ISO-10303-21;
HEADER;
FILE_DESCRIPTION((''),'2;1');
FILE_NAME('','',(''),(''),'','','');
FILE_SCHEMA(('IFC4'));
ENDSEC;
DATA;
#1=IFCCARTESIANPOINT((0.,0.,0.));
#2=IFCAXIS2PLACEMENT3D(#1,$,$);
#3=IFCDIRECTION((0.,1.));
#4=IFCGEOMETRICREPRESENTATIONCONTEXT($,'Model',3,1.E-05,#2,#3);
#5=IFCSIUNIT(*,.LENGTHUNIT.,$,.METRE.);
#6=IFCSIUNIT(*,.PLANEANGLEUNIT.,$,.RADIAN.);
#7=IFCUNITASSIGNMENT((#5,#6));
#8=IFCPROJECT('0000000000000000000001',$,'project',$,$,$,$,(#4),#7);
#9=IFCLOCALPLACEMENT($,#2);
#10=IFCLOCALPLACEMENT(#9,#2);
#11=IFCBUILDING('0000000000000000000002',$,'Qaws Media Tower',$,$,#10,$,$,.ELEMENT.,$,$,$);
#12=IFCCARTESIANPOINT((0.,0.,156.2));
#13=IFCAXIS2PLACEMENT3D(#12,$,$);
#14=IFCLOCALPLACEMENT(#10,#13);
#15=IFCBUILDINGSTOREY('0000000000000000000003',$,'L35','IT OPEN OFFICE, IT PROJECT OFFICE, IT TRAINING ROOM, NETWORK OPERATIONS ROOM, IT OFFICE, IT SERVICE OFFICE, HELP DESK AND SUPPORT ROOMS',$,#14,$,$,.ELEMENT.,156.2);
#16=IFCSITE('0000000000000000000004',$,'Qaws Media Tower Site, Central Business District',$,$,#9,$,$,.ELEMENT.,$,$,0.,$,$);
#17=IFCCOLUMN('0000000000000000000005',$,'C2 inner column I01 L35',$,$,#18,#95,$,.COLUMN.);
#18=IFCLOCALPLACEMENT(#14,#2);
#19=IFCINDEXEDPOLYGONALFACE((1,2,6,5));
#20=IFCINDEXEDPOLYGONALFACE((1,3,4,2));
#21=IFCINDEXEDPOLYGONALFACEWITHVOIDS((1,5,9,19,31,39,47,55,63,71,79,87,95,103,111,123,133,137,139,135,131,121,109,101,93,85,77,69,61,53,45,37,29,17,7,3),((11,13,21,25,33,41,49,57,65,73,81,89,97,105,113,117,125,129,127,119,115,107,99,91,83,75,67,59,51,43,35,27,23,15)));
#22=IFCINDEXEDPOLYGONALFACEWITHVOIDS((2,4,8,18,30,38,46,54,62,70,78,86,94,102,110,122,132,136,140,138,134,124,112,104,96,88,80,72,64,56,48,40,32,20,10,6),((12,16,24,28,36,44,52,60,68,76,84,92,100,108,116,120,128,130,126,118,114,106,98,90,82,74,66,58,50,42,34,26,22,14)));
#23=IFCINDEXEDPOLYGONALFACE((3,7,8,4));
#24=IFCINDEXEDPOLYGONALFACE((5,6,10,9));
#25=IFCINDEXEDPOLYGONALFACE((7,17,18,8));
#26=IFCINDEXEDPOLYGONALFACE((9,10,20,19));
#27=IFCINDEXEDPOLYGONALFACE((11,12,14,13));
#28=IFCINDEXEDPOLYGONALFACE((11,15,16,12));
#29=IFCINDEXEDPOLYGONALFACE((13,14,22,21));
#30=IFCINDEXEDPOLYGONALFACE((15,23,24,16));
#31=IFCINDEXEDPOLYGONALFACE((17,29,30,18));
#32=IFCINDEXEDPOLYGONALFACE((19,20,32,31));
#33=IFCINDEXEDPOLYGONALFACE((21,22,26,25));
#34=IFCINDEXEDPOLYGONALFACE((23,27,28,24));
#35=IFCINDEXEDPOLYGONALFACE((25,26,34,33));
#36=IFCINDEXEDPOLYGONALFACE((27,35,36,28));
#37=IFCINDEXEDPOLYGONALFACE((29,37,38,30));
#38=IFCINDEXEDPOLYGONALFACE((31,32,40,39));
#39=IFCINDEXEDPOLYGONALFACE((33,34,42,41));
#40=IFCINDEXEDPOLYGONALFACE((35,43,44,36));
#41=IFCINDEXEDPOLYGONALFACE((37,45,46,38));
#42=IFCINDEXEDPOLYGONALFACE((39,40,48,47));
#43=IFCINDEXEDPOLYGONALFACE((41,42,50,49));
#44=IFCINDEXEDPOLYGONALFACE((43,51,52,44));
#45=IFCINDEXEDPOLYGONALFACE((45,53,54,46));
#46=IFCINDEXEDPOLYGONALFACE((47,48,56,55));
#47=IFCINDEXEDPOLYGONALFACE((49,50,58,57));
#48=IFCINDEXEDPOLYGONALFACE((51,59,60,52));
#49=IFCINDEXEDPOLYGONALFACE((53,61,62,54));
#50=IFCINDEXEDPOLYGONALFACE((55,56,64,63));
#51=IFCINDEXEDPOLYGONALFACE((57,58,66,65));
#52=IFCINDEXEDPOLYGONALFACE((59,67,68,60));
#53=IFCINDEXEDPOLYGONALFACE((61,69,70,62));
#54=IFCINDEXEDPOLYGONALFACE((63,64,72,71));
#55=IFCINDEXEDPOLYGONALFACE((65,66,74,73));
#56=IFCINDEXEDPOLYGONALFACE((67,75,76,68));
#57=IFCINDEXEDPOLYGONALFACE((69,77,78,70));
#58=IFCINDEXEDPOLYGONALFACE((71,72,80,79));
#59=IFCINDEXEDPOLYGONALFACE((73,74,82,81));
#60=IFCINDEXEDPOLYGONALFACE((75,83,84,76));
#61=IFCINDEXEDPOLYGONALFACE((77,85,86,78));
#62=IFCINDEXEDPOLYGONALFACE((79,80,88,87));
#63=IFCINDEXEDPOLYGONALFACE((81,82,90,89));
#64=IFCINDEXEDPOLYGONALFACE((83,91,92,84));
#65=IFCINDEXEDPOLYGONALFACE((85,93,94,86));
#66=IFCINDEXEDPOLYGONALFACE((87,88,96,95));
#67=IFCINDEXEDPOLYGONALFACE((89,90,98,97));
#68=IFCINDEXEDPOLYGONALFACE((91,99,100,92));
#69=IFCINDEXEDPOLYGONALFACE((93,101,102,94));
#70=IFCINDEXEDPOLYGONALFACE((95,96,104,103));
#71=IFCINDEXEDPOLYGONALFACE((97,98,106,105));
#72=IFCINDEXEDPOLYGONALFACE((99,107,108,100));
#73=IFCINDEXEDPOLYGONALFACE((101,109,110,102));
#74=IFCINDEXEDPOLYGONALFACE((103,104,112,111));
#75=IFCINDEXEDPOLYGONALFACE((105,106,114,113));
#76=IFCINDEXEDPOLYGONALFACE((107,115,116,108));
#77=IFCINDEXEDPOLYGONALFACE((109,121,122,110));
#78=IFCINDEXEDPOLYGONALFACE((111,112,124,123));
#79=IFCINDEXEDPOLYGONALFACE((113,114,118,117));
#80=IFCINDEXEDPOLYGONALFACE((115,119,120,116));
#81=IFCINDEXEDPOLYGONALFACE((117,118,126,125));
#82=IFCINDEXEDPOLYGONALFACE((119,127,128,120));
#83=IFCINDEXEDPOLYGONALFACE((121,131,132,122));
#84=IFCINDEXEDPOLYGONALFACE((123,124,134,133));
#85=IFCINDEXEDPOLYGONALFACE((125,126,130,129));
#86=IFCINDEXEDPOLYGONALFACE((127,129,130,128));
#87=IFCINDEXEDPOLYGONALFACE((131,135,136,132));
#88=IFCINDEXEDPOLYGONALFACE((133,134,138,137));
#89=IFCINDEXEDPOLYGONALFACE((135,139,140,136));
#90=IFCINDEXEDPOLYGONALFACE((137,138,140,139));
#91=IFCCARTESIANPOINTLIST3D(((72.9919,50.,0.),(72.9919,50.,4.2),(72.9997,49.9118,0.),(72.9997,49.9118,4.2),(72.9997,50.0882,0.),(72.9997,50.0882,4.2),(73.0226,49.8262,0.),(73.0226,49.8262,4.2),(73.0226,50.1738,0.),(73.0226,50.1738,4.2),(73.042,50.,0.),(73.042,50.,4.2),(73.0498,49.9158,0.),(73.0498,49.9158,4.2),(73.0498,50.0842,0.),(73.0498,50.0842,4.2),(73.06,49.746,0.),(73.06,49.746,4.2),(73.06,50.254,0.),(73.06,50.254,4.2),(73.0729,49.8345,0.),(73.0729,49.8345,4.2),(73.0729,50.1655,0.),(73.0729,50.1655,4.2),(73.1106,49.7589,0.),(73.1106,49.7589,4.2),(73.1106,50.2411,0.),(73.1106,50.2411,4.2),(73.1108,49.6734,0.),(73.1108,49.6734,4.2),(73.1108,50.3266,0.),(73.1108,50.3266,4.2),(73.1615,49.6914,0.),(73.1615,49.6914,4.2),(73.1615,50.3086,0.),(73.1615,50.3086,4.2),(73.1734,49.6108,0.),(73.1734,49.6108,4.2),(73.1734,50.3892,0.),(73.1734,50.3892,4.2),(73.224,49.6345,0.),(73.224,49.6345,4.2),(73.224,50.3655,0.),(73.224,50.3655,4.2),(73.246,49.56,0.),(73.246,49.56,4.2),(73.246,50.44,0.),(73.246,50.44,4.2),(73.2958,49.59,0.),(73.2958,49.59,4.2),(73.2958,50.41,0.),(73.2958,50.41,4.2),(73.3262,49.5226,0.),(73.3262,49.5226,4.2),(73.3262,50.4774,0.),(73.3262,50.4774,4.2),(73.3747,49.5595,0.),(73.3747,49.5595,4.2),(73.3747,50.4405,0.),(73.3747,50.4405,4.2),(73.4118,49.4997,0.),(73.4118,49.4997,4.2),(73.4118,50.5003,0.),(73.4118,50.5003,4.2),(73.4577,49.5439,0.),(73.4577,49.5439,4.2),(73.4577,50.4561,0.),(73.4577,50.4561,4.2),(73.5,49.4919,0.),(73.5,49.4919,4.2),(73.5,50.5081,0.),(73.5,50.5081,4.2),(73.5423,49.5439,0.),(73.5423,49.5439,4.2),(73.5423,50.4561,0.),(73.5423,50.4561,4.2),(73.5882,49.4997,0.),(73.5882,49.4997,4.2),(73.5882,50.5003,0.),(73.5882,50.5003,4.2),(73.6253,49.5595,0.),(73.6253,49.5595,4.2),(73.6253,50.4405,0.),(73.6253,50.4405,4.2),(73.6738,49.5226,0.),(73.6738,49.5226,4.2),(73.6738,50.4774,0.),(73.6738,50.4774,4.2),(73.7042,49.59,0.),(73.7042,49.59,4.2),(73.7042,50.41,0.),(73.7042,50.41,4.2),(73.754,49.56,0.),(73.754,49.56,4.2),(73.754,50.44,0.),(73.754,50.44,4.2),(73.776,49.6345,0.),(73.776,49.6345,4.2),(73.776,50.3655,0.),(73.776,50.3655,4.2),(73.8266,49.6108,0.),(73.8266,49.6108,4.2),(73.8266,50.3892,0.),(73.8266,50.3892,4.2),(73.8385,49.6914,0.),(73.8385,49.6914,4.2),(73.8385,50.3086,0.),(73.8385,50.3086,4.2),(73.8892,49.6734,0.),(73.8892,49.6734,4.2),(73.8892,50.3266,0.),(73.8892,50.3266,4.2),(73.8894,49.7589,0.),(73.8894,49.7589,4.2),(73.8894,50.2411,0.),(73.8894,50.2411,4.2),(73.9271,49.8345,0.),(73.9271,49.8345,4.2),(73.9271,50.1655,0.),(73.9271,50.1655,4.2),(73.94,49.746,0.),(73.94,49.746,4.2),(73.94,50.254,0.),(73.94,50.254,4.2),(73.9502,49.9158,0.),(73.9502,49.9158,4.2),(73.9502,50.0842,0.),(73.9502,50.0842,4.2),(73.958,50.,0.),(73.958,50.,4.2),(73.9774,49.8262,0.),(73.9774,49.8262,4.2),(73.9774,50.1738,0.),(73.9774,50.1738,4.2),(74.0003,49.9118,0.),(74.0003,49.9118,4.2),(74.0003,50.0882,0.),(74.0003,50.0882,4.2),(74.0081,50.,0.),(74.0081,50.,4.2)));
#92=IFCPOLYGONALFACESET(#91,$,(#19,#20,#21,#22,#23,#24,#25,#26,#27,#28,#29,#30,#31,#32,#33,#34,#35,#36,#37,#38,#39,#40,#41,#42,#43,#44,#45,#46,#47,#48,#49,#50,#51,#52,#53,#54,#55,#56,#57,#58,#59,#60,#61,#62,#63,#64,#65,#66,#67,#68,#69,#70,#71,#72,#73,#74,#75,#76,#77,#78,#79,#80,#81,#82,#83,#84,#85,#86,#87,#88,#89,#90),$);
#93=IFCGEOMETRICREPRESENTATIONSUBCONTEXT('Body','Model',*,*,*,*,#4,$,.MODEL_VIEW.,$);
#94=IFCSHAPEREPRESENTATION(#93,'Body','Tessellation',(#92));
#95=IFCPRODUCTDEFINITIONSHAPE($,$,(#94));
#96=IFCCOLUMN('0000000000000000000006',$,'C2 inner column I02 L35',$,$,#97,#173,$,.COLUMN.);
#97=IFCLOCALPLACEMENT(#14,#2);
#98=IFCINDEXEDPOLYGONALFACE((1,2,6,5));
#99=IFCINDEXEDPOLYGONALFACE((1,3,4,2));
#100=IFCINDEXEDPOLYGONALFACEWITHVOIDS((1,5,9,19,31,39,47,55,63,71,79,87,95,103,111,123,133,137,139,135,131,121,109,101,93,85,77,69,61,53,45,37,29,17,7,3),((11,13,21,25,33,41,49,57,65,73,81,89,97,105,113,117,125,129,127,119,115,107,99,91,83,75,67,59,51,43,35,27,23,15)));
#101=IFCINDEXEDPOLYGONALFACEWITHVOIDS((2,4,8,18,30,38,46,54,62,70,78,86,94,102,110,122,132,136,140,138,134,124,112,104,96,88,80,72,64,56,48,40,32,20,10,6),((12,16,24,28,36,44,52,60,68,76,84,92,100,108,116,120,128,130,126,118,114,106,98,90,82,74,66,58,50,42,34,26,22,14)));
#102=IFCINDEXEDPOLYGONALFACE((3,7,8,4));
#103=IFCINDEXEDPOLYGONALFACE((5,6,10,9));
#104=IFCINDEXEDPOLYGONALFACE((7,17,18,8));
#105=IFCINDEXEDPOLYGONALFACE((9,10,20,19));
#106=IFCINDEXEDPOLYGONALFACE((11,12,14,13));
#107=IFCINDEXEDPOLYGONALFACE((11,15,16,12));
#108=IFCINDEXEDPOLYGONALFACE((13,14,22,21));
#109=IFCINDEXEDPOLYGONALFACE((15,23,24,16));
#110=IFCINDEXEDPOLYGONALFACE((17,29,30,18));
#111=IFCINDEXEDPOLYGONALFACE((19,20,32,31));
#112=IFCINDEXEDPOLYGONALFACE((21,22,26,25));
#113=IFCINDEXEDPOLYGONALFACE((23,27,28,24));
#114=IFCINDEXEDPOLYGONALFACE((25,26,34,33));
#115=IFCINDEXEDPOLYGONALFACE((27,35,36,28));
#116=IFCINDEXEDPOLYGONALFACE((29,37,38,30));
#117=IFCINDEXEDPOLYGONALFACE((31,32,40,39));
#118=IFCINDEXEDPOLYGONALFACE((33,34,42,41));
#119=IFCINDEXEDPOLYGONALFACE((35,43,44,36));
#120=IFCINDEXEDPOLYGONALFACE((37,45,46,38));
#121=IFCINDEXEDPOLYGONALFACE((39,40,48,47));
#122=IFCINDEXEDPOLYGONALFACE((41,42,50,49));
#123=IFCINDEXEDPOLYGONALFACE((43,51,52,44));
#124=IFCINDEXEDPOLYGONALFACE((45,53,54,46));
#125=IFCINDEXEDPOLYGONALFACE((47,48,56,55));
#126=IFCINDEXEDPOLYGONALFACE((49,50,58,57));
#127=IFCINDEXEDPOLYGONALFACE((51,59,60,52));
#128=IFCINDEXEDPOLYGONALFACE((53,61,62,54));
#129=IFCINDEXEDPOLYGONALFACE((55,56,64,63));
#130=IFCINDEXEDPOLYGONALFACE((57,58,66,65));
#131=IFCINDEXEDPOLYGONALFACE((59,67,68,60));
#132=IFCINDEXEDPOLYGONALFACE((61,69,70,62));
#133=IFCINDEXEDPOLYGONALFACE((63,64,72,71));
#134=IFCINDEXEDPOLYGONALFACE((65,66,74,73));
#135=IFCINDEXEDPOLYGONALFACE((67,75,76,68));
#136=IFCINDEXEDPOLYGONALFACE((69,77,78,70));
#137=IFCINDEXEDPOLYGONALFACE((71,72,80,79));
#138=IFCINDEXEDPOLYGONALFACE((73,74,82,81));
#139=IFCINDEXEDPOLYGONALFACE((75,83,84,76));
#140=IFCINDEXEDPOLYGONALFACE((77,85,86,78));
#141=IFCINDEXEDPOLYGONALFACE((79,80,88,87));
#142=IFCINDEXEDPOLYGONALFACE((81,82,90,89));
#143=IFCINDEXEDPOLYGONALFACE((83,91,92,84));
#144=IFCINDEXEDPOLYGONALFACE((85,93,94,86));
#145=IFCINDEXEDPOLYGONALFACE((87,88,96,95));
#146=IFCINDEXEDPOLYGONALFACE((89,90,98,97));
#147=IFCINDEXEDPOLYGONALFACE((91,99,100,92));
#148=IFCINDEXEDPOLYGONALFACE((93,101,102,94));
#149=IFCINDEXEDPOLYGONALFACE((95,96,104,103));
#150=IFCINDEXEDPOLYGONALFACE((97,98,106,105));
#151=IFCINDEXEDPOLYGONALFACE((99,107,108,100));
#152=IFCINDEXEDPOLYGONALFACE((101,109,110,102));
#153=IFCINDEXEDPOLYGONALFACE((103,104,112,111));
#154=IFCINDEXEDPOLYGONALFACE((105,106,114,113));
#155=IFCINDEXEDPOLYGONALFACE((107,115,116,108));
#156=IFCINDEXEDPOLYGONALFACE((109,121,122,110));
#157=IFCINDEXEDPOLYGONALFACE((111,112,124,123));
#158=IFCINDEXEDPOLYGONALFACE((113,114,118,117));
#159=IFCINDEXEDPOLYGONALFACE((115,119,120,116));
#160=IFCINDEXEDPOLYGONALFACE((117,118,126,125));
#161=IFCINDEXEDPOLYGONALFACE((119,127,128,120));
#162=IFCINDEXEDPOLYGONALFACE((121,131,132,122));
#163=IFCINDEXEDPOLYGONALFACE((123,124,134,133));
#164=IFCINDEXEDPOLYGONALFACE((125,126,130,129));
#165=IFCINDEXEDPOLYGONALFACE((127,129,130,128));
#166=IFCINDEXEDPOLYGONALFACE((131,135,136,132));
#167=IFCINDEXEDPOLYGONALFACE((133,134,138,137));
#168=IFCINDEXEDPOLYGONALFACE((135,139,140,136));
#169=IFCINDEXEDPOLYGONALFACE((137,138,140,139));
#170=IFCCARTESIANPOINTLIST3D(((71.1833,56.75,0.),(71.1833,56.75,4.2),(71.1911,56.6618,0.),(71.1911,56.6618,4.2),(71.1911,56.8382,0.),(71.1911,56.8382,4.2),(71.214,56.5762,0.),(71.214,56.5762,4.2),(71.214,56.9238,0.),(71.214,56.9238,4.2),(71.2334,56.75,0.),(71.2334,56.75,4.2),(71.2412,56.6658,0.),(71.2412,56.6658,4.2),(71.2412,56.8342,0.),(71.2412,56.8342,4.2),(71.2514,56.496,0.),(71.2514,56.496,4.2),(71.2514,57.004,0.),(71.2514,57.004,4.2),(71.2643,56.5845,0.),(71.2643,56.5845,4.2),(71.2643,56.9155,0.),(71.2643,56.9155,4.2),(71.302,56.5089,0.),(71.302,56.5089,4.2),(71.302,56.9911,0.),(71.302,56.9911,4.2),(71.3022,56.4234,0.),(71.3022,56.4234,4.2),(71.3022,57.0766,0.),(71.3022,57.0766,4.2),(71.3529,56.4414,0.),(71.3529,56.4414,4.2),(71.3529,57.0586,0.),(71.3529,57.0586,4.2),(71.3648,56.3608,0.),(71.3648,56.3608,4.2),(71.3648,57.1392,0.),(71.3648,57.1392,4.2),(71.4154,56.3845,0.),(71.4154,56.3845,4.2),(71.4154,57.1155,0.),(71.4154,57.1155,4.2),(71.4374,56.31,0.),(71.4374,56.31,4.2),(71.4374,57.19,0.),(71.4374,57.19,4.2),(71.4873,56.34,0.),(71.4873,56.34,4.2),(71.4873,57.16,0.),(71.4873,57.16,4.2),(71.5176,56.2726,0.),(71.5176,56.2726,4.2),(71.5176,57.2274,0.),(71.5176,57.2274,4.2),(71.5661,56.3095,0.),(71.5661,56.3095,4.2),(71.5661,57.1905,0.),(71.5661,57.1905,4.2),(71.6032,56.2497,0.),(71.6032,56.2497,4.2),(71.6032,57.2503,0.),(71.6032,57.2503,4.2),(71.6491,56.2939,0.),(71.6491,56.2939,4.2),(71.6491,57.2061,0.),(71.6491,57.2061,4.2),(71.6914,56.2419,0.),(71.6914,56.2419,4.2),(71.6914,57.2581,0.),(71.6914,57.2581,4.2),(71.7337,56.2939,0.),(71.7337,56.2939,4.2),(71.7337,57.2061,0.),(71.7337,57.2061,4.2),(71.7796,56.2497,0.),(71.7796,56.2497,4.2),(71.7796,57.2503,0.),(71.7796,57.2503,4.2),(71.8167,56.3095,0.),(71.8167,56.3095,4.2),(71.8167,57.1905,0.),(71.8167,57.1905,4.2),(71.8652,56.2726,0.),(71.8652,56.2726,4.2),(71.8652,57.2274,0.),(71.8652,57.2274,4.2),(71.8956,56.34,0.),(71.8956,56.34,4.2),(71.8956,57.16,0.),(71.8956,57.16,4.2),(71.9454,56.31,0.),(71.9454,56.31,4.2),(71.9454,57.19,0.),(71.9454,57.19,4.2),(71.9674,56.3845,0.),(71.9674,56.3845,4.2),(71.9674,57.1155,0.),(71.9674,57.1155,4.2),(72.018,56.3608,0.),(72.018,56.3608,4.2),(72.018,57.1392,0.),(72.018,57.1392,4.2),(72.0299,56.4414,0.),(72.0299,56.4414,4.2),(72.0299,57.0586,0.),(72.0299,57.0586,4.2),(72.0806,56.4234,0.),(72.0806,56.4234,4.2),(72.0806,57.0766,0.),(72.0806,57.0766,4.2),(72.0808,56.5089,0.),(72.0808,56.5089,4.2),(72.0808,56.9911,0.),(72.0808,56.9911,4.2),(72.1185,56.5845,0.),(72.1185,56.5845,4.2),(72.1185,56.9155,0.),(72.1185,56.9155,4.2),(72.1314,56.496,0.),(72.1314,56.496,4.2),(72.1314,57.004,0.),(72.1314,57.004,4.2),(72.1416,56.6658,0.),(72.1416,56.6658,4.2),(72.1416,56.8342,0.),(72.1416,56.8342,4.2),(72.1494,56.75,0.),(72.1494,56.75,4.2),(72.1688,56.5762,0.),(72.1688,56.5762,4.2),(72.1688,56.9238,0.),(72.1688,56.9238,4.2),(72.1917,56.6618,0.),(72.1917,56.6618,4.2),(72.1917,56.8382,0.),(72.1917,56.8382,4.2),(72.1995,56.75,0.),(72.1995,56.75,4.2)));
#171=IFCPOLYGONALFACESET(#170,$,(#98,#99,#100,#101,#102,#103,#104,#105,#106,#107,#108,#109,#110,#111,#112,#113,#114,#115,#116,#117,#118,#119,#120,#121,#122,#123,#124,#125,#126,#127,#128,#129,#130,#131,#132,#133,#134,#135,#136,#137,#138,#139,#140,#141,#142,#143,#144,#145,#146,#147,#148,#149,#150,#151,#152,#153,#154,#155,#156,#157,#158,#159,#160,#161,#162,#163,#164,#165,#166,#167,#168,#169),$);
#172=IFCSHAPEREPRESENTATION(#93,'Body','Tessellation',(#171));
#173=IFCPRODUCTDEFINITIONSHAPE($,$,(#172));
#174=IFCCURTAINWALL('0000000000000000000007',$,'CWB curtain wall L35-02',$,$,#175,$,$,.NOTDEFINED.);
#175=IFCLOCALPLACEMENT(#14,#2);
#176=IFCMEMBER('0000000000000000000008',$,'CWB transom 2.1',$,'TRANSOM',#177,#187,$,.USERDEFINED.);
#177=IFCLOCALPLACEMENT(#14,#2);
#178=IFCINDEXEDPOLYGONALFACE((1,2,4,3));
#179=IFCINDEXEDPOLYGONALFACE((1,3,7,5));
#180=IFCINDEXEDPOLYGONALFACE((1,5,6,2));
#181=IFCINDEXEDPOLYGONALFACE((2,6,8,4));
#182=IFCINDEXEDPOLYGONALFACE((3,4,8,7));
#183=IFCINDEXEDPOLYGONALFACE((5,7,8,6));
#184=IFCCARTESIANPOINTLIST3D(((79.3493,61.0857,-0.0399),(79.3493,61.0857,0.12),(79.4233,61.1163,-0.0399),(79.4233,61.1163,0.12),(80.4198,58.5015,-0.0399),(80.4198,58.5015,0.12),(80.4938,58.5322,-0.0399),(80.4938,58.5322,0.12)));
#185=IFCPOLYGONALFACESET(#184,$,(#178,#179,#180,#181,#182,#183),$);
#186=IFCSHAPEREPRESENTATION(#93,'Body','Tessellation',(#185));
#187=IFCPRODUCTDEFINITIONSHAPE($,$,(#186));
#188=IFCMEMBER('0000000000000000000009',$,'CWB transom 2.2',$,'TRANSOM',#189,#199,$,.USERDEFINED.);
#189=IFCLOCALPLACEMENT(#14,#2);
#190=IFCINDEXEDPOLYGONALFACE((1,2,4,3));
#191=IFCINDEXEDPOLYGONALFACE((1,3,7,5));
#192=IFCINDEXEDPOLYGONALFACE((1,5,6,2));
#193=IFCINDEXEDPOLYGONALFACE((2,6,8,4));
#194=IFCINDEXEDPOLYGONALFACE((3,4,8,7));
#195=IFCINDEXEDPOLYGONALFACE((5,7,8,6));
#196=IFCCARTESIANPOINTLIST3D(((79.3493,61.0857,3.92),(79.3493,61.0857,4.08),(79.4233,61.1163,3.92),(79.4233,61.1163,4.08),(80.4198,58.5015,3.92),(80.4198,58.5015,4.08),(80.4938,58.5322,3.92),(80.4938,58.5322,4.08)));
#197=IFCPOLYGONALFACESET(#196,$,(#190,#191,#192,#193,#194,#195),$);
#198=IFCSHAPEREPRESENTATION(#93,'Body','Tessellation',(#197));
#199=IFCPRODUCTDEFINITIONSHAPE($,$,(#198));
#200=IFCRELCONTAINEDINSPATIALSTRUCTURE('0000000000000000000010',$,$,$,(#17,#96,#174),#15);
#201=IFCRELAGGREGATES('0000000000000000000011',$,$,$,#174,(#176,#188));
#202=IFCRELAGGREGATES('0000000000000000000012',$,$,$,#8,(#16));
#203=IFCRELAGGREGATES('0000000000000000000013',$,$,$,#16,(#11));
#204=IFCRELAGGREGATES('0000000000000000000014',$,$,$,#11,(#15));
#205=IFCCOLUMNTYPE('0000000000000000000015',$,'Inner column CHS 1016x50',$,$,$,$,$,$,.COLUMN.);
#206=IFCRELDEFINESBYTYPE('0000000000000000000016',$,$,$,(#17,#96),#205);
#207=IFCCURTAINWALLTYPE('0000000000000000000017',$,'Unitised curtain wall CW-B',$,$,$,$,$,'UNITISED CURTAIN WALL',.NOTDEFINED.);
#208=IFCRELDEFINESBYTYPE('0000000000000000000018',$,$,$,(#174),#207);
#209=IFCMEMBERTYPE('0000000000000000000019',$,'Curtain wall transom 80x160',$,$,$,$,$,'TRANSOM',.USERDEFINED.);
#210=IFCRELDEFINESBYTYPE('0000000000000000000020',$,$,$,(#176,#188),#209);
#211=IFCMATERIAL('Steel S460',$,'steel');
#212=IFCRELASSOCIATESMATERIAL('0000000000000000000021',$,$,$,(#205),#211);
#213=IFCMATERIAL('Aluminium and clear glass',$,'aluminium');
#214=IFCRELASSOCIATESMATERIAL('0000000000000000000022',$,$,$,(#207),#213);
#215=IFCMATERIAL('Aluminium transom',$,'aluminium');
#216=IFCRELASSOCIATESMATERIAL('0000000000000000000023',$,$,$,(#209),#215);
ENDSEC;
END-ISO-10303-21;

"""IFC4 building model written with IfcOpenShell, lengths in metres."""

from ifc_helpers import new_model, si_unit, direction, frame, origin, origin_2d, place, context, subcontext, project, spatial, rectangle, hollow_circle, extrude, material, material_profile, profile_set, type_object, element, aggregate, save


model = new_model("IFC4")

# Units and contexts
model_context = context("Model", 3, precision=1e-05, world=origin(), true_north=direction((0.0, 1.0)))
body_context = subcontext(model_context, "Body", "Model", "MODEL_VIEW")
ifc_project = project(units=[si_unit("LENGTHUNIT", "METRE"), si_unit("PLANEANGLEUNIT", "RADIAN")], contexts=[model_context])

# Site, building, storey
site_placement = place(None, origin())
site = spatial("IfcSite", under=ifc_project, at=site_placement, Name="Qaws Media Tower Site, Central Business District", CompositionType="ELEMENT", RefElevation=0.0)
building_placement = place(site_placement, origin())
building = spatial("IfcBuilding", under=site, at=building_placement, Name="Qaws Media Tower", CompositionType="ELEMENT")
storey_placement = place(building_placement, frame((0.0, 0.0, 156.2)))
storey = spatial("IfcBuildingStorey", under=building, at=storey_placement, Name="L35", Description="IT OPEN OFFICE, IT PROJECT OFFICE, IT TRAINING ROOM, NETWORK OPERATIONS ROOM, IT OFFICE, IT SERVICE OFFICE, HELP DESK AND SUPPORT ROOMS", CompositionType="ELEMENT", Elevation=156.2)

# Columns
ifc_material_1 = material(Name="Steel S460", Category="steel")
ifc_material_profile_1 = material_profile(ifc_material_1, hollow_circle(Radius=0.5081, WallThickness=0.05, at=origin_2d()), Name="CHS 1016x50")
ifc_profile_set_1 = profile_set([ifc_material_profile_1], Name="Steel S460")
column_type = type_object("IfcColumnType", Name="Inner column CHS 1016x50", PredefinedType="COLUMN", material=ifc_profile_set_1)
for number, where, z_axis, x_axis, name in (
    (1, (73.5, 50.0, 0.0), (0.0, 0.0, 1.0), (1.0, 0.0, 0.0), "C2 inner column I01 L35"),
    (2, (71.6914, 56.75, 0.0), (0.0, 0.0, 1.0), (1.0, 0.0, 0.0), "C2 inner column I02 L35"),
):
    element("IfcColumn", number, at=place(storey_placement, frame(where, z_axis=z_axis, x_axis=x_axis)), inside=storey, type_object=column_type, Name=name, PredefinedType="COLUMN", context=body_context, shape_type="SweptSolid", body=[
        extrude(hollow_circle(Radius=0.5081, WallThickness=0.05, at=origin_2d()), origin(), (0.0, 0.0, 1.0), 4.2),
    ])

# Curtain wall, members
ifc_material_2 = material(Name="Aluminium and clear glass", Category="aluminium")
curtain_wall_type = type_object("IfcCurtainWallType", Name="Unitised curtain wall CW-B", ElementType="UNITISED CURTAIN WALL", PredefinedType="NOTDEFINED", material=ifc_material_2)
curtain_wall_placement = place(storey_placement, origin())
curtain_wall = element("IfcCurtainWall", 3, at=curtain_wall_placement, inside=storey, type_object=curtain_wall_type, Name="CWB curtain wall L35-02", PredefinedType="NOTDEFINED")
ifc_material_3 = material(Name="Aluminium transom", Category="aluminium")
ifc_material_profile_2 = material_profile(ifc_material_3, rectangle(XDim=0.0801, YDim=0.1599, at=origin_2d()), Name="80x160")
ifc_profile_set_2 = profile_set([ifc_material_profile_2], Name="Aluminium transom")
member_type = type_object("IfcMemberType", Name="Curtain wall transom 80x160", ElementType="TRANSOM", PredefinedType="USERDEFINED", material=ifc_profile_set_2)
member_1_placement = place(storey_placement, frame((80.4568, 58.5168, 0.04), z_axis=(-0.382724, 0.923863, 0.0), x_axis=(-0.923863, -0.382724, 0.0)))
member_1 = element("IfcMember", 4, at=member_1_placement, type_object=member_type, Name="CWB transom 2.1", ObjectType="TRANSOM", PredefinedType="USERDEFINED", context=body_context, shape_type="SweptSolid", body=[
    extrude(rectangle(XDim=0.0801, YDim=0.1599, at=origin_2d()), origin(), (0.0, 0.0, 1.0), 2.7971),
])
member_2_placement = place(storey_placement, frame((80.4568, 58.5168, 4.0), z_axis=(-0.382724, 0.923863, 0.0), x_axis=(-0.923863, -0.382724, 0.0)))
member_2 = element("IfcMember", 5, at=member_2_placement, type_object=member_type, Name="CWB transom 2.2", ObjectType="TRANSOM", PredefinedType="USERDEFINED", context=body_context, shape_type="SweptSolid", body=[
    extrude(rectangle(XDim=0.0801, YDim=0.1599, at=origin_2d()), origin(), (0.0, 0.0, 1.0), 2.7971),
])

aggregate(curtain_wall, [member_1, member_2])

save(model, "model.ifc")
